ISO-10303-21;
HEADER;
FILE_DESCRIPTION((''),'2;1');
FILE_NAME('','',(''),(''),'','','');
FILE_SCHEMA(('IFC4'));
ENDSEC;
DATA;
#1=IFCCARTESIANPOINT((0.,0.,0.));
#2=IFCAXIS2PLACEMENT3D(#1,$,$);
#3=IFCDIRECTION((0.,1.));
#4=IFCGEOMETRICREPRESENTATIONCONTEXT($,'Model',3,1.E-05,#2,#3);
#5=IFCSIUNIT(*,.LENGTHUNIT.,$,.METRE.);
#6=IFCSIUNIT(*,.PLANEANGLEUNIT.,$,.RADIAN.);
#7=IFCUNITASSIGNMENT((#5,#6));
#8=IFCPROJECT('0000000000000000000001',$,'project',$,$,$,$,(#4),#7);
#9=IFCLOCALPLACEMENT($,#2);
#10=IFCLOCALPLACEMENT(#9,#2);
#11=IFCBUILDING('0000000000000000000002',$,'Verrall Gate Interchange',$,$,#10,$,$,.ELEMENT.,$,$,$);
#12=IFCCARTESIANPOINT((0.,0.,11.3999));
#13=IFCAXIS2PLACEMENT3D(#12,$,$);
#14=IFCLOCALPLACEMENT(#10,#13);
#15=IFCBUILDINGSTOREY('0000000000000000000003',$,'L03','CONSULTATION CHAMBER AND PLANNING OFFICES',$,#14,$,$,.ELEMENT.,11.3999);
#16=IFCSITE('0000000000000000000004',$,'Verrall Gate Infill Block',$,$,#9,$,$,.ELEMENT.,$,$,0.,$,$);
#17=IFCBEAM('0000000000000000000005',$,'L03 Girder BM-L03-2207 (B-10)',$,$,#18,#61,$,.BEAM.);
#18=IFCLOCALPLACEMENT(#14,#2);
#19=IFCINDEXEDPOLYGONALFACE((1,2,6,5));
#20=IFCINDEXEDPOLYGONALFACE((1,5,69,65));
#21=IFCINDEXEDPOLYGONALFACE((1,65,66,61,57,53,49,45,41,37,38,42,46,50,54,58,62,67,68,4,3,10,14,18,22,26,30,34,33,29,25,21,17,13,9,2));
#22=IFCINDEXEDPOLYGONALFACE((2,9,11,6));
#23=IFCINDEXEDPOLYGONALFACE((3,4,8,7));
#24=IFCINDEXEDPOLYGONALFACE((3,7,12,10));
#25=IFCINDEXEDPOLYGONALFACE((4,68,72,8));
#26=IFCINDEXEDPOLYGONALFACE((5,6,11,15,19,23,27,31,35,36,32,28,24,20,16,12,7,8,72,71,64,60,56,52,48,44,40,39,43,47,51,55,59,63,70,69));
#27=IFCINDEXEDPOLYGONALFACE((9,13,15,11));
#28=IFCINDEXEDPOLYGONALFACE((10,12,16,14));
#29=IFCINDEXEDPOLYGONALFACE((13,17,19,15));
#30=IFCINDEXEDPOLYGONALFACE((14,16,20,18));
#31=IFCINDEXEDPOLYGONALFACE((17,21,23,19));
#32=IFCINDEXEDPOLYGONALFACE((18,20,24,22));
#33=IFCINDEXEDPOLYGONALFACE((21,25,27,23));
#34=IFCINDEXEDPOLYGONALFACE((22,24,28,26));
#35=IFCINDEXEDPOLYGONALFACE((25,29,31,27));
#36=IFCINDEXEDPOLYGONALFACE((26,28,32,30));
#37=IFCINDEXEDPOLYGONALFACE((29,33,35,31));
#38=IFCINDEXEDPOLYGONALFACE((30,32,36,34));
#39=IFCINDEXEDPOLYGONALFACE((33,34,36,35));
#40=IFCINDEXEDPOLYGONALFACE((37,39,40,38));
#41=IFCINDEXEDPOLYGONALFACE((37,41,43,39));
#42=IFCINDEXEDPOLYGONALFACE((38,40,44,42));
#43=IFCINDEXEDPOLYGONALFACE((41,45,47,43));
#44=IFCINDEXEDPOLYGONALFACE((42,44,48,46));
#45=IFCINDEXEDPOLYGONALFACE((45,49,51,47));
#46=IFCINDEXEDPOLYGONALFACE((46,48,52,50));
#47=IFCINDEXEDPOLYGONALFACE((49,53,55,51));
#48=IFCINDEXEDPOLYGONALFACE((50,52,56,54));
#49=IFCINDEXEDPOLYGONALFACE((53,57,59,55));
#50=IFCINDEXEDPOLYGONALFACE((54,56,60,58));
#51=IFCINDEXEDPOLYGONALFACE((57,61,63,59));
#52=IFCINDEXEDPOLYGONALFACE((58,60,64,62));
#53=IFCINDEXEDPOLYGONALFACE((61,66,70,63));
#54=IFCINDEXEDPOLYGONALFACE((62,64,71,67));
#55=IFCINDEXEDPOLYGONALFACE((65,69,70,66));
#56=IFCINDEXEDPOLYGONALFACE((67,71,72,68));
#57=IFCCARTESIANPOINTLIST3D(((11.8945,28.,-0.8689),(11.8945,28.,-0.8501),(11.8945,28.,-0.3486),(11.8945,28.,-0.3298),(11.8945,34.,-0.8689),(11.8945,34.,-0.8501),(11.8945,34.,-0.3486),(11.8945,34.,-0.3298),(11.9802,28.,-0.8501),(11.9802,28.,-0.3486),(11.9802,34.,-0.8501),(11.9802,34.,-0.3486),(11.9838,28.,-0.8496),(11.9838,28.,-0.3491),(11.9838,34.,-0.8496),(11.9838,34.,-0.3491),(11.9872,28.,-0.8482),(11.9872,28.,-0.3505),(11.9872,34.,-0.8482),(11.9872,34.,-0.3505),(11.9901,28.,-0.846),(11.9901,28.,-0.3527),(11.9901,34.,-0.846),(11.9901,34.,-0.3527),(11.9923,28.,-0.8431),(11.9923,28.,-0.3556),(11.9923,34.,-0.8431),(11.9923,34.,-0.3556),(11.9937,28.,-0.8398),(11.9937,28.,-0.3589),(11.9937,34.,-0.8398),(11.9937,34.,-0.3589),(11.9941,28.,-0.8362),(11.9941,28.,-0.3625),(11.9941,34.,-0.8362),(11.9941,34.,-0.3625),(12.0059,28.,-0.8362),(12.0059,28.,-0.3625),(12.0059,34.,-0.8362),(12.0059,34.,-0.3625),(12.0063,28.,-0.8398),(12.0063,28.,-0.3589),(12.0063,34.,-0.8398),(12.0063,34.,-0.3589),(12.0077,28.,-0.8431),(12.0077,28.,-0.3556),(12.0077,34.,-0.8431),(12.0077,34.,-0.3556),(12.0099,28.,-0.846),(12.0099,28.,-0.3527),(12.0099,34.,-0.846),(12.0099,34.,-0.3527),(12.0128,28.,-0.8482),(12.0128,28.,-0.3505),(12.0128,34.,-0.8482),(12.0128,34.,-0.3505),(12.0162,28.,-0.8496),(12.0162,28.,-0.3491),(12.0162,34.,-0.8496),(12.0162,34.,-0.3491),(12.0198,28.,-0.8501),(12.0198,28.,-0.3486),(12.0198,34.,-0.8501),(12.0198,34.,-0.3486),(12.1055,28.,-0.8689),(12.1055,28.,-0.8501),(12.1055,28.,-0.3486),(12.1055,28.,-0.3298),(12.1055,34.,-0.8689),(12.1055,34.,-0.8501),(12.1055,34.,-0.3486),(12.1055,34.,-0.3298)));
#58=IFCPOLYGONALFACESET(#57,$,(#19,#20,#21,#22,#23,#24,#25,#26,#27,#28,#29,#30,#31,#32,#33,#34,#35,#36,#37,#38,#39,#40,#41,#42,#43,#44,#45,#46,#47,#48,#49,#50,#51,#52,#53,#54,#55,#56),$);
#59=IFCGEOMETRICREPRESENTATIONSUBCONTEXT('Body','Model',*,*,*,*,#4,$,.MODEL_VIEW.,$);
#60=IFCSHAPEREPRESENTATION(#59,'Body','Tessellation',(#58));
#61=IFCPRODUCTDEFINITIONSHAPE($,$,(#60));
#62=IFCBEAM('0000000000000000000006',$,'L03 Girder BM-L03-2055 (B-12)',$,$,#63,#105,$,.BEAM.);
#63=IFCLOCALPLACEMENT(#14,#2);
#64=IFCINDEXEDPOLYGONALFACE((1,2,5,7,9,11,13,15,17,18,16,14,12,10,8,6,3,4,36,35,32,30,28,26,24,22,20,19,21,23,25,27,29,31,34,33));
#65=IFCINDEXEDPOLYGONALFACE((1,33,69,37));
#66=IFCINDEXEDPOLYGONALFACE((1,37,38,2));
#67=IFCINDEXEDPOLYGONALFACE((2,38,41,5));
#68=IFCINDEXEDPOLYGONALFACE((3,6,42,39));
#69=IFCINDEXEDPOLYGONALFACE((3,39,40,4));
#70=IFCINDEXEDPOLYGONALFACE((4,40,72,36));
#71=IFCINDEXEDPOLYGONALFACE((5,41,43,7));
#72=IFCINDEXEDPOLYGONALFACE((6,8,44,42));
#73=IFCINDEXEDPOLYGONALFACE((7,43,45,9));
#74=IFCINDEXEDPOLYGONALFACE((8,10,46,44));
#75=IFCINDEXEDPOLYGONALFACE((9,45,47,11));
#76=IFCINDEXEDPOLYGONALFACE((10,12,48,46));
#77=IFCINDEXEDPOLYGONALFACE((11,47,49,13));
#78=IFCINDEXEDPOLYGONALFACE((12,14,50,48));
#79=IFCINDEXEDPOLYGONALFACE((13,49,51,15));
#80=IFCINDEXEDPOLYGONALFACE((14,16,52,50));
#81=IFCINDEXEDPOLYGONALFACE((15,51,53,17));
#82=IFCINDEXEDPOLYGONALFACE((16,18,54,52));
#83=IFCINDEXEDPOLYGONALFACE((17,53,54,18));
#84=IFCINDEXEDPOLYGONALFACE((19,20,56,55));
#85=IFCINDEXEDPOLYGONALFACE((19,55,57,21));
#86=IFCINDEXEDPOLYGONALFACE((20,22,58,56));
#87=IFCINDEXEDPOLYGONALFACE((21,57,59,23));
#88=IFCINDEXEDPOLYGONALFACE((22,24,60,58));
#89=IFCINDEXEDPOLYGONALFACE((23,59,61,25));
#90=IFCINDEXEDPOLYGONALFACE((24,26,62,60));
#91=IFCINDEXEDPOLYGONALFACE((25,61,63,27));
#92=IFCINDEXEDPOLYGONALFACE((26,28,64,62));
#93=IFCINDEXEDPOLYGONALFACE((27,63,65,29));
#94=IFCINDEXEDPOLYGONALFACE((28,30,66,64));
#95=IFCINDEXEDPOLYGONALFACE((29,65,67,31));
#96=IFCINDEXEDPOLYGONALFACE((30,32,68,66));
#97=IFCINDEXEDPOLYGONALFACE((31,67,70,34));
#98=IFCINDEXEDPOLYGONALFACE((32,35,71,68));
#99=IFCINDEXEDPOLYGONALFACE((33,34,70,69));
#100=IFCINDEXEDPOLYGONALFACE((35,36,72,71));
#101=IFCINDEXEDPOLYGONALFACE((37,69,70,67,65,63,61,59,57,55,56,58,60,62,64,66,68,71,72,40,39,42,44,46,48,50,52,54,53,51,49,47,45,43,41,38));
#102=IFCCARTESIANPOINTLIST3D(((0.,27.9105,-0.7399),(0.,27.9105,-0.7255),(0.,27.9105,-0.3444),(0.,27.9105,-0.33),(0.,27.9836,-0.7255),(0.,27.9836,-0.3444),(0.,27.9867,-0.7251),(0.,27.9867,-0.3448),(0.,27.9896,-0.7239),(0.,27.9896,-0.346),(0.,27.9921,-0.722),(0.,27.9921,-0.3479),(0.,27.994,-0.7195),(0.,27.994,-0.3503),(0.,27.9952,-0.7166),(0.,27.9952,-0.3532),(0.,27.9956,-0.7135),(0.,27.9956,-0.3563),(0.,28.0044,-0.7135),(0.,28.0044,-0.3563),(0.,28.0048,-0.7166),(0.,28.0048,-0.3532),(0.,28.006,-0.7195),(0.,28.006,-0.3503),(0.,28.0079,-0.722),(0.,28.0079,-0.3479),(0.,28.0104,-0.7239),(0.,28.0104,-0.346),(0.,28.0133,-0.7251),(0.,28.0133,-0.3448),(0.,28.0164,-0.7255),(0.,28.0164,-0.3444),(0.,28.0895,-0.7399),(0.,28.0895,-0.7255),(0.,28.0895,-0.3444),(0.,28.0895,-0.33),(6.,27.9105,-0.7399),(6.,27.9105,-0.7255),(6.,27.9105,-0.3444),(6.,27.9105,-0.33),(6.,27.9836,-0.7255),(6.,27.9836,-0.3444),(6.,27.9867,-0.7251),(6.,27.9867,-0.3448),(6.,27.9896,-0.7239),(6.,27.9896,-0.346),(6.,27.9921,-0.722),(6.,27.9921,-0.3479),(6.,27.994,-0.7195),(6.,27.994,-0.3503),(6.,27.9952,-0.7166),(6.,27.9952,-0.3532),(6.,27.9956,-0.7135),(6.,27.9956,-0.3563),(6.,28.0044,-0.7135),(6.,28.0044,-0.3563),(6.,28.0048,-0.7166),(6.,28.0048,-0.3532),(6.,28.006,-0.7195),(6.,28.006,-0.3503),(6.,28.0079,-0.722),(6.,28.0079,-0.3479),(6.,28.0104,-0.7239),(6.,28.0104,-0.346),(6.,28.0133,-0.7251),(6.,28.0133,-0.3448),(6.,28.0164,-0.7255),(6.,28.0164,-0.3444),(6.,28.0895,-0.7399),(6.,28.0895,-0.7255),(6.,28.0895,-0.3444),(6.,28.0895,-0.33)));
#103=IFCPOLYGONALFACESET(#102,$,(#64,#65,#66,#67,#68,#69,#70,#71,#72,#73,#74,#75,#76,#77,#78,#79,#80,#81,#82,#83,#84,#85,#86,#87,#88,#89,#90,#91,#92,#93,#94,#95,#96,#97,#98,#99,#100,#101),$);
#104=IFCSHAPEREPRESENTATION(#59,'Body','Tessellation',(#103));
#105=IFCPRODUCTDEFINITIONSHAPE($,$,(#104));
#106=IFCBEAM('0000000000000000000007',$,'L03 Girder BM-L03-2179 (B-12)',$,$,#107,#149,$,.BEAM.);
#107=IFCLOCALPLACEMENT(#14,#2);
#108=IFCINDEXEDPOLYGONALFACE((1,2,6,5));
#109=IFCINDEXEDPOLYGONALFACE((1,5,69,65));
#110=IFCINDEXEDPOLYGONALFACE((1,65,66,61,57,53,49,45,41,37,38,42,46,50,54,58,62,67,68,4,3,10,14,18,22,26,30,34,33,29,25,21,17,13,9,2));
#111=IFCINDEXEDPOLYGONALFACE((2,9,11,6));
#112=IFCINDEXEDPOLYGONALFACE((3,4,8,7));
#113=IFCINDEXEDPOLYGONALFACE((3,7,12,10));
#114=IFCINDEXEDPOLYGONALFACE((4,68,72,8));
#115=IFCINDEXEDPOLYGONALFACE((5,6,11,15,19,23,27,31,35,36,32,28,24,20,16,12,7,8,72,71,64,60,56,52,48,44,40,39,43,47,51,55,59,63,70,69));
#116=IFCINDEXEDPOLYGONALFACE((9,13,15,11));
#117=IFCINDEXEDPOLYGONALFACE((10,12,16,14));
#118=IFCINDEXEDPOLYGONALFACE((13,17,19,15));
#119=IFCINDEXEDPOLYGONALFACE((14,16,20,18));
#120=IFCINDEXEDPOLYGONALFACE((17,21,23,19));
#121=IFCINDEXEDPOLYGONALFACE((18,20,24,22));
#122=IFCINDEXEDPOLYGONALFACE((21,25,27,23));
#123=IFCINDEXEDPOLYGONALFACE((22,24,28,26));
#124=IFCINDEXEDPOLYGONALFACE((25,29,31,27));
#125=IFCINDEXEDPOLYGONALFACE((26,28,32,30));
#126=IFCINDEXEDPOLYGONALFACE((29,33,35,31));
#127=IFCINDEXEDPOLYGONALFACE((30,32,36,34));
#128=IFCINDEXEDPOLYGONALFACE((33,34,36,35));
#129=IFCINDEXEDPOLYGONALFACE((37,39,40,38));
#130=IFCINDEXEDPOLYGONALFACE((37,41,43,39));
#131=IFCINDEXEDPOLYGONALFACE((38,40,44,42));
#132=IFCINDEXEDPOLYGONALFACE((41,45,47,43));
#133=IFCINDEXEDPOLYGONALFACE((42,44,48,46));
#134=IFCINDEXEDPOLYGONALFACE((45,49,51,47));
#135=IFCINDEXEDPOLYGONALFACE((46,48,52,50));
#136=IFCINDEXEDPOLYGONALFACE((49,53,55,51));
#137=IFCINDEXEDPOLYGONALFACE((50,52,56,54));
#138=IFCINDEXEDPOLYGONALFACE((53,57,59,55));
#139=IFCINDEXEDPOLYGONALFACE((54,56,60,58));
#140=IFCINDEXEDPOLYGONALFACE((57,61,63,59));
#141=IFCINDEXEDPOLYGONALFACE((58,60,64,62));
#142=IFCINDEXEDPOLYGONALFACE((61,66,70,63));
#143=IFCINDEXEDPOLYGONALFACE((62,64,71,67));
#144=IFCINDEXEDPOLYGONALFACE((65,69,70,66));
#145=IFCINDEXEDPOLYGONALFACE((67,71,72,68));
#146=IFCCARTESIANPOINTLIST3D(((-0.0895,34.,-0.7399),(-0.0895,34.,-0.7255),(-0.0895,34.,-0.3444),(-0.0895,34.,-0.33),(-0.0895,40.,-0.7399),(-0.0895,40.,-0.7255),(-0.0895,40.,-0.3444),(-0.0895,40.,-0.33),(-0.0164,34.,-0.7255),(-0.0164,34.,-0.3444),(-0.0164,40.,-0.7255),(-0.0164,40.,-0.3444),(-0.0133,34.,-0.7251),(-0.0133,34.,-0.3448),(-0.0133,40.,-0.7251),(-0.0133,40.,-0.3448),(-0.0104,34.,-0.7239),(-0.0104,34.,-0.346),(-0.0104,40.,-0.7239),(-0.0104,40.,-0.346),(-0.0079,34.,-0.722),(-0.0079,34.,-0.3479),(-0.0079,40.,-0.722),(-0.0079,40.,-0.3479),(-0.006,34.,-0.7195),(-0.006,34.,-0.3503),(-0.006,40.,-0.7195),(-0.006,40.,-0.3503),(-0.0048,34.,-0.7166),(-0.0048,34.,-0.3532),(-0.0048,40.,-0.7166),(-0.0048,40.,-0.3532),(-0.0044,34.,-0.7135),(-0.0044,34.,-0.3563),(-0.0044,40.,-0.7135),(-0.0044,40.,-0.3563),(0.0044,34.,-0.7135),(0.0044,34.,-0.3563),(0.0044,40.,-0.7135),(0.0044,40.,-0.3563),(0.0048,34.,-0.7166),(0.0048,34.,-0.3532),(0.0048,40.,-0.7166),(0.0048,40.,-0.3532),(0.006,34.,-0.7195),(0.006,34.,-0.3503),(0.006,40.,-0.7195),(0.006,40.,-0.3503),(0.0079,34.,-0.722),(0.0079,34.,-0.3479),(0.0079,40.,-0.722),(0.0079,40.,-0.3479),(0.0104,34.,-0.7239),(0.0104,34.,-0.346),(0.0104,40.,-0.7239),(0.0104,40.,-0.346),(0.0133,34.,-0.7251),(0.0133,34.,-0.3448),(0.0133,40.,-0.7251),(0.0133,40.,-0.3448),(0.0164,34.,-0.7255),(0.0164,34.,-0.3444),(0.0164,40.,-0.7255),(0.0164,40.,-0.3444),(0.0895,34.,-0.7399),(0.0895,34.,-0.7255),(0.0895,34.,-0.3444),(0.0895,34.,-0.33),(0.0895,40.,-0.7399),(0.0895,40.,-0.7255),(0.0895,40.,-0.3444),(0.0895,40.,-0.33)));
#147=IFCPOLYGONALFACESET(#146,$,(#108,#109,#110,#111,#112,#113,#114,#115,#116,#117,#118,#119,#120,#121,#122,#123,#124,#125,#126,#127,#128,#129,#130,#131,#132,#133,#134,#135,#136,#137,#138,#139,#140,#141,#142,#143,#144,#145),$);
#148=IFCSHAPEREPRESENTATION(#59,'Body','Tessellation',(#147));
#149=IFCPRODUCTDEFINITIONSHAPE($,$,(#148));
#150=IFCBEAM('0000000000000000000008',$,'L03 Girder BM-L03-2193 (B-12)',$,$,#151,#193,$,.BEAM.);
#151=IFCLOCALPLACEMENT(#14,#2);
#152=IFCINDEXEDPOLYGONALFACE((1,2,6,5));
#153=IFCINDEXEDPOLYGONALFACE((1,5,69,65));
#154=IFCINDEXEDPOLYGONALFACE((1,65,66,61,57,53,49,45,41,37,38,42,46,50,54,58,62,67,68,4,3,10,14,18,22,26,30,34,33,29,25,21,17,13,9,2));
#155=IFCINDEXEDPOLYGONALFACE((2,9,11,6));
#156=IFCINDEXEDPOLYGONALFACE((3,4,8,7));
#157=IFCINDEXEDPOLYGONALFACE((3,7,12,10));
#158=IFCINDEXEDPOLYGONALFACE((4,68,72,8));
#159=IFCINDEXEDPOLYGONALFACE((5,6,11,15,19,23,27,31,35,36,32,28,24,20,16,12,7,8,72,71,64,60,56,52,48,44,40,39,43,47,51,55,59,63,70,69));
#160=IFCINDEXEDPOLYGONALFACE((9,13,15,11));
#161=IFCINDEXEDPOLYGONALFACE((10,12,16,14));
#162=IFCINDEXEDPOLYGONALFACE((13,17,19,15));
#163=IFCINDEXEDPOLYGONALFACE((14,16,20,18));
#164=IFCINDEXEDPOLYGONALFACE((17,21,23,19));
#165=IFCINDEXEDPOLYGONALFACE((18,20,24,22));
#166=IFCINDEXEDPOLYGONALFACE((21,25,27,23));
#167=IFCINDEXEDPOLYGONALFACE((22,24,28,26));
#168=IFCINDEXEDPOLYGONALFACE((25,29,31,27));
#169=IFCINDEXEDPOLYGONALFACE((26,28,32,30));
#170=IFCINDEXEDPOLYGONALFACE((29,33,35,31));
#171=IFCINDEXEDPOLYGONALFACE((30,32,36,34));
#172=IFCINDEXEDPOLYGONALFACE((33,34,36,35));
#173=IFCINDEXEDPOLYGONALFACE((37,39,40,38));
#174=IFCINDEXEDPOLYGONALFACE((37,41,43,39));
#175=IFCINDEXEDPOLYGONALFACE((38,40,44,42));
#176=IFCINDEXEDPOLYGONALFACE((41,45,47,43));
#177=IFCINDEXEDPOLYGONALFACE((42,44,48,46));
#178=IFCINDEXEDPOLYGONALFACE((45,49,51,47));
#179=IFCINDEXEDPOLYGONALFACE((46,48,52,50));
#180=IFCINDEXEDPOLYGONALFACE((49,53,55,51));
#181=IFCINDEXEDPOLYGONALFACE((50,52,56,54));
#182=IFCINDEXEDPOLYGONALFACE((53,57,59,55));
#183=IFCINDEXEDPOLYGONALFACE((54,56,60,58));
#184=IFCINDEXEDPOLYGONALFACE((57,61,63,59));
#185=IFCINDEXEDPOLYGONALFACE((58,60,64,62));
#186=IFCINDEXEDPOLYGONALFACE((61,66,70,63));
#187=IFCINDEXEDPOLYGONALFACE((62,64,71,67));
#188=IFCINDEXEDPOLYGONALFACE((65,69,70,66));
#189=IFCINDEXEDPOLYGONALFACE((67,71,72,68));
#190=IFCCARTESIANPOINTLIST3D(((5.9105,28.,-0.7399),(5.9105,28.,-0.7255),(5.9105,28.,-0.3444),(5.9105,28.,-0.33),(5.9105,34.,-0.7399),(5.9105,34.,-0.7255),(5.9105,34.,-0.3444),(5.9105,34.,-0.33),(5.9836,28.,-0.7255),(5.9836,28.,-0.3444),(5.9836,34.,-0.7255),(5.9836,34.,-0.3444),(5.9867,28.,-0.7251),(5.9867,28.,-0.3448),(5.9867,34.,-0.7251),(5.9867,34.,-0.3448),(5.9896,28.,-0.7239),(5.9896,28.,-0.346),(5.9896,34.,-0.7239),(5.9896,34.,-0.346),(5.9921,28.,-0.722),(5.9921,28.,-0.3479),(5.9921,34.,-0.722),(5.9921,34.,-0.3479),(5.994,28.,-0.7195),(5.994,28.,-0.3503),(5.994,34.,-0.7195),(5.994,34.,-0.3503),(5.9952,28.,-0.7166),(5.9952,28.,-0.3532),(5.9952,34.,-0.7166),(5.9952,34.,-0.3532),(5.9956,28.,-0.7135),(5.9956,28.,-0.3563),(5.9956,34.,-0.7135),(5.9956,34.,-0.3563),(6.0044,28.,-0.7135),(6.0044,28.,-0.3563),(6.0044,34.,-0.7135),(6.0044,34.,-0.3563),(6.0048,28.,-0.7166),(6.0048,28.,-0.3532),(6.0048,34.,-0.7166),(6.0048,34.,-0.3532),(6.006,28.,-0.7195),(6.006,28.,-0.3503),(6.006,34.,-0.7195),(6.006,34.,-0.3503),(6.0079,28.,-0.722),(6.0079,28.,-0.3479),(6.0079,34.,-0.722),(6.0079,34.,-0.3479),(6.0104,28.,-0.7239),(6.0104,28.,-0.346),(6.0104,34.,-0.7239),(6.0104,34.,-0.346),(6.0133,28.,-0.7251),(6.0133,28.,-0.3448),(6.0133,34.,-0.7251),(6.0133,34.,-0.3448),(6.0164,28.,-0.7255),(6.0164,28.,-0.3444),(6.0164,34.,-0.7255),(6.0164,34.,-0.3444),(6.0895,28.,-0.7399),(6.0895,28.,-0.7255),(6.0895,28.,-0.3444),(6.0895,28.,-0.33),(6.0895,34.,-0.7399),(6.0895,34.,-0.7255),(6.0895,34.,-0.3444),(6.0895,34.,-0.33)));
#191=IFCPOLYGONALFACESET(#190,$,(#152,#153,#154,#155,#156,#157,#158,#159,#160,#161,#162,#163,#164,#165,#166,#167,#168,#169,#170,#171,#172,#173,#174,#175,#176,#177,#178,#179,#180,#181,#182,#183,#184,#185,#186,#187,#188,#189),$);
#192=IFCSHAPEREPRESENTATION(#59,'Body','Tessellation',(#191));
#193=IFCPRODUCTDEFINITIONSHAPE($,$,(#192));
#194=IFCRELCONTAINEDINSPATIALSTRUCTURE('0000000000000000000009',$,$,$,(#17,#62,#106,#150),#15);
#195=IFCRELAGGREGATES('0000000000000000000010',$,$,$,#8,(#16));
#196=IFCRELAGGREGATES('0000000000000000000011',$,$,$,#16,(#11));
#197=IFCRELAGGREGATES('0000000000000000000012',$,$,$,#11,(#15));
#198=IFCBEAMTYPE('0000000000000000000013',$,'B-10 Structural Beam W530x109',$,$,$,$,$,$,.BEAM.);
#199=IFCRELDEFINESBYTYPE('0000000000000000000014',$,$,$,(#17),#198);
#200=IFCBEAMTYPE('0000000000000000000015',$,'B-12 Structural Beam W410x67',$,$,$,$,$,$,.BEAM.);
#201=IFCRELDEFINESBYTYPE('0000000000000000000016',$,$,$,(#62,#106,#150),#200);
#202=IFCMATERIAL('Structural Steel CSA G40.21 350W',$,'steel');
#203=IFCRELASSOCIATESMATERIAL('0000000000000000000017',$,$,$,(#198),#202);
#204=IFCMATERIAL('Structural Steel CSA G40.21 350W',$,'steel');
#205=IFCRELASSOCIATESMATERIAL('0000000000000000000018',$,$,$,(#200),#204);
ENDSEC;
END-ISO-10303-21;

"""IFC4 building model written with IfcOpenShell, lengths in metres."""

from ifc_helpers import new_model, si_unit, direction, frame, origin, origin_2d, place, context, subcontext, project, spatial, i_section, extrude, material, material_profile, profile_set, type_object, element, save


model = new_model("IFC4")

# Units and contexts
model_context = context("Model", 3, precision=1e-05, world=origin(), true_north=direction((0.0, 1.0)))
body_context = subcontext(model_context, "Body", "Model", "MODEL_VIEW")
ifc_project = project(units=[si_unit("LENGTHUNIT", "METRE"), si_unit("PLANEANGLEUNIT", "RADIAN")], contexts=[model_context])

# Site, building, storey
site_placement = place(None, origin())
site = spatial("IfcSite", under=ifc_project, at=site_placement, Name="Verrall Gate Infill Block", CompositionType="ELEMENT", RefElevation=0.0)
building_placement = place(site_placement, origin())
building = spatial("IfcBuilding", under=site, at=building_placement, Name="Verrall Gate Interchange", CompositionType="ELEMENT")
storey_placement = place(building_placement, frame((0.0, 0.0, 11.3999)))
storey = spatial("IfcBuildingStorey", under=building, at=storey_placement, Name="L03", Description="CONSULTATION CHAMBER AND PLANNING OFFICES", CompositionType="ELEMENT", Elevation=11.3999)

# Beams
ifc_material_1 = material(Name="Structural Steel CSA G40.21 350W", Category="steel")
ifc_material_profile_1 = material_profile(ifc_material_1, i_section(OverallWidth=0.2109, OverallDepth=0.5391, WebThickness=0.0117, FlangeThickness=0.0188, FilletRadius=0.0139, at=origin_2d()), Name="W530x109")
ifc_profile_set_1 = profile_set([ifc_material_profile_1], Name="Structural Steel CSA G40.21 350W")
beam_type_1 = type_object("IfcBeamType", Name="B-10 Structural Beam W530x109", PredefinedType="BEAM", material=ifc_profile_set_1)
for number, where, z_axis, x_axis, name in (
    (1, (12.0, 28.0, -0.5994), (0.0, 1.0, 0.0), (-1.0, 0.0, 0.0), "L03 Girder BM-L03-2207 (B-10)"),
):
    element("IfcBeam", number, at=place(storey_placement, frame(where, z_axis=z_axis, x_axis=x_axis)), inside=storey, type_object=beam_type_1, Name=name, PredefinedType="BEAM", context=body_context, shape_type="SweptSolid", body=[
        extrude(i_section(OverallWidth=0.2109, OverallDepth=0.5391, WebThickness=0.0117, FlangeThickness=0.0188, FilletRadius=0.0139, at=origin_2d()), origin(), (0.0, 0.0, 1.0), 6.0),
    ])
ifc_material_2 = material(Name="Structural Steel CSA G40.21 350W", Category="steel")
ifc_material_profile_2 = material_profile(ifc_material_2, i_section(OverallWidth=0.179, OverallDepth=0.4099, WebThickness=0.0088, FlangeThickness=0.0144, FilletRadius=0.012, at=origin_2d()), Name="W410x67")
ifc_profile_set_2 = profile_set([ifc_material_profile_2], Name="Structural Steel CSA G40.21 350W")
beam_type_2 = type_object("IfcBeamType", Name="B-12 Structural Beam W410x67", PredefinedType="BEAM", material=ifc_profile_set_2)
for number, where, z_axis, x_axis, name in (
    (2, (0.0, 28.0, -0.5349), (1.0, 0.0, 0.0), (0.0, 1.0, 0.0), "L03 Girder BM-L03-2055 (B-12)"),
    (3, (0.0, 34.0, -0.5349), (0.0, 1.0, 0.0), (-1.0, 0.0, 0.0), "L03 Girder BM-L03-2179 (B-12)"),
    (4, (6.0, 28.0, -0.5349), (0.0, 1.0, 0.0), (-1.0, 0.0, 0.0), "L03 Girder BM-L03-2193 (B-12)"),
):
    element("IfcBeam", number, at=place(storey_placement, frame(where, z_axis=z_axis, x_axis=x_axis)), inside=storey, type_object=beam_type_2, Name=name, PredefinedType="BEAM", context=body_context, shape_type="SweptSolid", body=[
        extrude(i_section(OverallWidth=0.179, OverallDepth=0.4099, WebThickness=0.0088, FlangeThickness=0.0144, FilletRadius=0.012, at=origin_2d()), origin(), (0.0, 0.0, 1.0), 6.0),
    ])

save(model, "model.ifc")
